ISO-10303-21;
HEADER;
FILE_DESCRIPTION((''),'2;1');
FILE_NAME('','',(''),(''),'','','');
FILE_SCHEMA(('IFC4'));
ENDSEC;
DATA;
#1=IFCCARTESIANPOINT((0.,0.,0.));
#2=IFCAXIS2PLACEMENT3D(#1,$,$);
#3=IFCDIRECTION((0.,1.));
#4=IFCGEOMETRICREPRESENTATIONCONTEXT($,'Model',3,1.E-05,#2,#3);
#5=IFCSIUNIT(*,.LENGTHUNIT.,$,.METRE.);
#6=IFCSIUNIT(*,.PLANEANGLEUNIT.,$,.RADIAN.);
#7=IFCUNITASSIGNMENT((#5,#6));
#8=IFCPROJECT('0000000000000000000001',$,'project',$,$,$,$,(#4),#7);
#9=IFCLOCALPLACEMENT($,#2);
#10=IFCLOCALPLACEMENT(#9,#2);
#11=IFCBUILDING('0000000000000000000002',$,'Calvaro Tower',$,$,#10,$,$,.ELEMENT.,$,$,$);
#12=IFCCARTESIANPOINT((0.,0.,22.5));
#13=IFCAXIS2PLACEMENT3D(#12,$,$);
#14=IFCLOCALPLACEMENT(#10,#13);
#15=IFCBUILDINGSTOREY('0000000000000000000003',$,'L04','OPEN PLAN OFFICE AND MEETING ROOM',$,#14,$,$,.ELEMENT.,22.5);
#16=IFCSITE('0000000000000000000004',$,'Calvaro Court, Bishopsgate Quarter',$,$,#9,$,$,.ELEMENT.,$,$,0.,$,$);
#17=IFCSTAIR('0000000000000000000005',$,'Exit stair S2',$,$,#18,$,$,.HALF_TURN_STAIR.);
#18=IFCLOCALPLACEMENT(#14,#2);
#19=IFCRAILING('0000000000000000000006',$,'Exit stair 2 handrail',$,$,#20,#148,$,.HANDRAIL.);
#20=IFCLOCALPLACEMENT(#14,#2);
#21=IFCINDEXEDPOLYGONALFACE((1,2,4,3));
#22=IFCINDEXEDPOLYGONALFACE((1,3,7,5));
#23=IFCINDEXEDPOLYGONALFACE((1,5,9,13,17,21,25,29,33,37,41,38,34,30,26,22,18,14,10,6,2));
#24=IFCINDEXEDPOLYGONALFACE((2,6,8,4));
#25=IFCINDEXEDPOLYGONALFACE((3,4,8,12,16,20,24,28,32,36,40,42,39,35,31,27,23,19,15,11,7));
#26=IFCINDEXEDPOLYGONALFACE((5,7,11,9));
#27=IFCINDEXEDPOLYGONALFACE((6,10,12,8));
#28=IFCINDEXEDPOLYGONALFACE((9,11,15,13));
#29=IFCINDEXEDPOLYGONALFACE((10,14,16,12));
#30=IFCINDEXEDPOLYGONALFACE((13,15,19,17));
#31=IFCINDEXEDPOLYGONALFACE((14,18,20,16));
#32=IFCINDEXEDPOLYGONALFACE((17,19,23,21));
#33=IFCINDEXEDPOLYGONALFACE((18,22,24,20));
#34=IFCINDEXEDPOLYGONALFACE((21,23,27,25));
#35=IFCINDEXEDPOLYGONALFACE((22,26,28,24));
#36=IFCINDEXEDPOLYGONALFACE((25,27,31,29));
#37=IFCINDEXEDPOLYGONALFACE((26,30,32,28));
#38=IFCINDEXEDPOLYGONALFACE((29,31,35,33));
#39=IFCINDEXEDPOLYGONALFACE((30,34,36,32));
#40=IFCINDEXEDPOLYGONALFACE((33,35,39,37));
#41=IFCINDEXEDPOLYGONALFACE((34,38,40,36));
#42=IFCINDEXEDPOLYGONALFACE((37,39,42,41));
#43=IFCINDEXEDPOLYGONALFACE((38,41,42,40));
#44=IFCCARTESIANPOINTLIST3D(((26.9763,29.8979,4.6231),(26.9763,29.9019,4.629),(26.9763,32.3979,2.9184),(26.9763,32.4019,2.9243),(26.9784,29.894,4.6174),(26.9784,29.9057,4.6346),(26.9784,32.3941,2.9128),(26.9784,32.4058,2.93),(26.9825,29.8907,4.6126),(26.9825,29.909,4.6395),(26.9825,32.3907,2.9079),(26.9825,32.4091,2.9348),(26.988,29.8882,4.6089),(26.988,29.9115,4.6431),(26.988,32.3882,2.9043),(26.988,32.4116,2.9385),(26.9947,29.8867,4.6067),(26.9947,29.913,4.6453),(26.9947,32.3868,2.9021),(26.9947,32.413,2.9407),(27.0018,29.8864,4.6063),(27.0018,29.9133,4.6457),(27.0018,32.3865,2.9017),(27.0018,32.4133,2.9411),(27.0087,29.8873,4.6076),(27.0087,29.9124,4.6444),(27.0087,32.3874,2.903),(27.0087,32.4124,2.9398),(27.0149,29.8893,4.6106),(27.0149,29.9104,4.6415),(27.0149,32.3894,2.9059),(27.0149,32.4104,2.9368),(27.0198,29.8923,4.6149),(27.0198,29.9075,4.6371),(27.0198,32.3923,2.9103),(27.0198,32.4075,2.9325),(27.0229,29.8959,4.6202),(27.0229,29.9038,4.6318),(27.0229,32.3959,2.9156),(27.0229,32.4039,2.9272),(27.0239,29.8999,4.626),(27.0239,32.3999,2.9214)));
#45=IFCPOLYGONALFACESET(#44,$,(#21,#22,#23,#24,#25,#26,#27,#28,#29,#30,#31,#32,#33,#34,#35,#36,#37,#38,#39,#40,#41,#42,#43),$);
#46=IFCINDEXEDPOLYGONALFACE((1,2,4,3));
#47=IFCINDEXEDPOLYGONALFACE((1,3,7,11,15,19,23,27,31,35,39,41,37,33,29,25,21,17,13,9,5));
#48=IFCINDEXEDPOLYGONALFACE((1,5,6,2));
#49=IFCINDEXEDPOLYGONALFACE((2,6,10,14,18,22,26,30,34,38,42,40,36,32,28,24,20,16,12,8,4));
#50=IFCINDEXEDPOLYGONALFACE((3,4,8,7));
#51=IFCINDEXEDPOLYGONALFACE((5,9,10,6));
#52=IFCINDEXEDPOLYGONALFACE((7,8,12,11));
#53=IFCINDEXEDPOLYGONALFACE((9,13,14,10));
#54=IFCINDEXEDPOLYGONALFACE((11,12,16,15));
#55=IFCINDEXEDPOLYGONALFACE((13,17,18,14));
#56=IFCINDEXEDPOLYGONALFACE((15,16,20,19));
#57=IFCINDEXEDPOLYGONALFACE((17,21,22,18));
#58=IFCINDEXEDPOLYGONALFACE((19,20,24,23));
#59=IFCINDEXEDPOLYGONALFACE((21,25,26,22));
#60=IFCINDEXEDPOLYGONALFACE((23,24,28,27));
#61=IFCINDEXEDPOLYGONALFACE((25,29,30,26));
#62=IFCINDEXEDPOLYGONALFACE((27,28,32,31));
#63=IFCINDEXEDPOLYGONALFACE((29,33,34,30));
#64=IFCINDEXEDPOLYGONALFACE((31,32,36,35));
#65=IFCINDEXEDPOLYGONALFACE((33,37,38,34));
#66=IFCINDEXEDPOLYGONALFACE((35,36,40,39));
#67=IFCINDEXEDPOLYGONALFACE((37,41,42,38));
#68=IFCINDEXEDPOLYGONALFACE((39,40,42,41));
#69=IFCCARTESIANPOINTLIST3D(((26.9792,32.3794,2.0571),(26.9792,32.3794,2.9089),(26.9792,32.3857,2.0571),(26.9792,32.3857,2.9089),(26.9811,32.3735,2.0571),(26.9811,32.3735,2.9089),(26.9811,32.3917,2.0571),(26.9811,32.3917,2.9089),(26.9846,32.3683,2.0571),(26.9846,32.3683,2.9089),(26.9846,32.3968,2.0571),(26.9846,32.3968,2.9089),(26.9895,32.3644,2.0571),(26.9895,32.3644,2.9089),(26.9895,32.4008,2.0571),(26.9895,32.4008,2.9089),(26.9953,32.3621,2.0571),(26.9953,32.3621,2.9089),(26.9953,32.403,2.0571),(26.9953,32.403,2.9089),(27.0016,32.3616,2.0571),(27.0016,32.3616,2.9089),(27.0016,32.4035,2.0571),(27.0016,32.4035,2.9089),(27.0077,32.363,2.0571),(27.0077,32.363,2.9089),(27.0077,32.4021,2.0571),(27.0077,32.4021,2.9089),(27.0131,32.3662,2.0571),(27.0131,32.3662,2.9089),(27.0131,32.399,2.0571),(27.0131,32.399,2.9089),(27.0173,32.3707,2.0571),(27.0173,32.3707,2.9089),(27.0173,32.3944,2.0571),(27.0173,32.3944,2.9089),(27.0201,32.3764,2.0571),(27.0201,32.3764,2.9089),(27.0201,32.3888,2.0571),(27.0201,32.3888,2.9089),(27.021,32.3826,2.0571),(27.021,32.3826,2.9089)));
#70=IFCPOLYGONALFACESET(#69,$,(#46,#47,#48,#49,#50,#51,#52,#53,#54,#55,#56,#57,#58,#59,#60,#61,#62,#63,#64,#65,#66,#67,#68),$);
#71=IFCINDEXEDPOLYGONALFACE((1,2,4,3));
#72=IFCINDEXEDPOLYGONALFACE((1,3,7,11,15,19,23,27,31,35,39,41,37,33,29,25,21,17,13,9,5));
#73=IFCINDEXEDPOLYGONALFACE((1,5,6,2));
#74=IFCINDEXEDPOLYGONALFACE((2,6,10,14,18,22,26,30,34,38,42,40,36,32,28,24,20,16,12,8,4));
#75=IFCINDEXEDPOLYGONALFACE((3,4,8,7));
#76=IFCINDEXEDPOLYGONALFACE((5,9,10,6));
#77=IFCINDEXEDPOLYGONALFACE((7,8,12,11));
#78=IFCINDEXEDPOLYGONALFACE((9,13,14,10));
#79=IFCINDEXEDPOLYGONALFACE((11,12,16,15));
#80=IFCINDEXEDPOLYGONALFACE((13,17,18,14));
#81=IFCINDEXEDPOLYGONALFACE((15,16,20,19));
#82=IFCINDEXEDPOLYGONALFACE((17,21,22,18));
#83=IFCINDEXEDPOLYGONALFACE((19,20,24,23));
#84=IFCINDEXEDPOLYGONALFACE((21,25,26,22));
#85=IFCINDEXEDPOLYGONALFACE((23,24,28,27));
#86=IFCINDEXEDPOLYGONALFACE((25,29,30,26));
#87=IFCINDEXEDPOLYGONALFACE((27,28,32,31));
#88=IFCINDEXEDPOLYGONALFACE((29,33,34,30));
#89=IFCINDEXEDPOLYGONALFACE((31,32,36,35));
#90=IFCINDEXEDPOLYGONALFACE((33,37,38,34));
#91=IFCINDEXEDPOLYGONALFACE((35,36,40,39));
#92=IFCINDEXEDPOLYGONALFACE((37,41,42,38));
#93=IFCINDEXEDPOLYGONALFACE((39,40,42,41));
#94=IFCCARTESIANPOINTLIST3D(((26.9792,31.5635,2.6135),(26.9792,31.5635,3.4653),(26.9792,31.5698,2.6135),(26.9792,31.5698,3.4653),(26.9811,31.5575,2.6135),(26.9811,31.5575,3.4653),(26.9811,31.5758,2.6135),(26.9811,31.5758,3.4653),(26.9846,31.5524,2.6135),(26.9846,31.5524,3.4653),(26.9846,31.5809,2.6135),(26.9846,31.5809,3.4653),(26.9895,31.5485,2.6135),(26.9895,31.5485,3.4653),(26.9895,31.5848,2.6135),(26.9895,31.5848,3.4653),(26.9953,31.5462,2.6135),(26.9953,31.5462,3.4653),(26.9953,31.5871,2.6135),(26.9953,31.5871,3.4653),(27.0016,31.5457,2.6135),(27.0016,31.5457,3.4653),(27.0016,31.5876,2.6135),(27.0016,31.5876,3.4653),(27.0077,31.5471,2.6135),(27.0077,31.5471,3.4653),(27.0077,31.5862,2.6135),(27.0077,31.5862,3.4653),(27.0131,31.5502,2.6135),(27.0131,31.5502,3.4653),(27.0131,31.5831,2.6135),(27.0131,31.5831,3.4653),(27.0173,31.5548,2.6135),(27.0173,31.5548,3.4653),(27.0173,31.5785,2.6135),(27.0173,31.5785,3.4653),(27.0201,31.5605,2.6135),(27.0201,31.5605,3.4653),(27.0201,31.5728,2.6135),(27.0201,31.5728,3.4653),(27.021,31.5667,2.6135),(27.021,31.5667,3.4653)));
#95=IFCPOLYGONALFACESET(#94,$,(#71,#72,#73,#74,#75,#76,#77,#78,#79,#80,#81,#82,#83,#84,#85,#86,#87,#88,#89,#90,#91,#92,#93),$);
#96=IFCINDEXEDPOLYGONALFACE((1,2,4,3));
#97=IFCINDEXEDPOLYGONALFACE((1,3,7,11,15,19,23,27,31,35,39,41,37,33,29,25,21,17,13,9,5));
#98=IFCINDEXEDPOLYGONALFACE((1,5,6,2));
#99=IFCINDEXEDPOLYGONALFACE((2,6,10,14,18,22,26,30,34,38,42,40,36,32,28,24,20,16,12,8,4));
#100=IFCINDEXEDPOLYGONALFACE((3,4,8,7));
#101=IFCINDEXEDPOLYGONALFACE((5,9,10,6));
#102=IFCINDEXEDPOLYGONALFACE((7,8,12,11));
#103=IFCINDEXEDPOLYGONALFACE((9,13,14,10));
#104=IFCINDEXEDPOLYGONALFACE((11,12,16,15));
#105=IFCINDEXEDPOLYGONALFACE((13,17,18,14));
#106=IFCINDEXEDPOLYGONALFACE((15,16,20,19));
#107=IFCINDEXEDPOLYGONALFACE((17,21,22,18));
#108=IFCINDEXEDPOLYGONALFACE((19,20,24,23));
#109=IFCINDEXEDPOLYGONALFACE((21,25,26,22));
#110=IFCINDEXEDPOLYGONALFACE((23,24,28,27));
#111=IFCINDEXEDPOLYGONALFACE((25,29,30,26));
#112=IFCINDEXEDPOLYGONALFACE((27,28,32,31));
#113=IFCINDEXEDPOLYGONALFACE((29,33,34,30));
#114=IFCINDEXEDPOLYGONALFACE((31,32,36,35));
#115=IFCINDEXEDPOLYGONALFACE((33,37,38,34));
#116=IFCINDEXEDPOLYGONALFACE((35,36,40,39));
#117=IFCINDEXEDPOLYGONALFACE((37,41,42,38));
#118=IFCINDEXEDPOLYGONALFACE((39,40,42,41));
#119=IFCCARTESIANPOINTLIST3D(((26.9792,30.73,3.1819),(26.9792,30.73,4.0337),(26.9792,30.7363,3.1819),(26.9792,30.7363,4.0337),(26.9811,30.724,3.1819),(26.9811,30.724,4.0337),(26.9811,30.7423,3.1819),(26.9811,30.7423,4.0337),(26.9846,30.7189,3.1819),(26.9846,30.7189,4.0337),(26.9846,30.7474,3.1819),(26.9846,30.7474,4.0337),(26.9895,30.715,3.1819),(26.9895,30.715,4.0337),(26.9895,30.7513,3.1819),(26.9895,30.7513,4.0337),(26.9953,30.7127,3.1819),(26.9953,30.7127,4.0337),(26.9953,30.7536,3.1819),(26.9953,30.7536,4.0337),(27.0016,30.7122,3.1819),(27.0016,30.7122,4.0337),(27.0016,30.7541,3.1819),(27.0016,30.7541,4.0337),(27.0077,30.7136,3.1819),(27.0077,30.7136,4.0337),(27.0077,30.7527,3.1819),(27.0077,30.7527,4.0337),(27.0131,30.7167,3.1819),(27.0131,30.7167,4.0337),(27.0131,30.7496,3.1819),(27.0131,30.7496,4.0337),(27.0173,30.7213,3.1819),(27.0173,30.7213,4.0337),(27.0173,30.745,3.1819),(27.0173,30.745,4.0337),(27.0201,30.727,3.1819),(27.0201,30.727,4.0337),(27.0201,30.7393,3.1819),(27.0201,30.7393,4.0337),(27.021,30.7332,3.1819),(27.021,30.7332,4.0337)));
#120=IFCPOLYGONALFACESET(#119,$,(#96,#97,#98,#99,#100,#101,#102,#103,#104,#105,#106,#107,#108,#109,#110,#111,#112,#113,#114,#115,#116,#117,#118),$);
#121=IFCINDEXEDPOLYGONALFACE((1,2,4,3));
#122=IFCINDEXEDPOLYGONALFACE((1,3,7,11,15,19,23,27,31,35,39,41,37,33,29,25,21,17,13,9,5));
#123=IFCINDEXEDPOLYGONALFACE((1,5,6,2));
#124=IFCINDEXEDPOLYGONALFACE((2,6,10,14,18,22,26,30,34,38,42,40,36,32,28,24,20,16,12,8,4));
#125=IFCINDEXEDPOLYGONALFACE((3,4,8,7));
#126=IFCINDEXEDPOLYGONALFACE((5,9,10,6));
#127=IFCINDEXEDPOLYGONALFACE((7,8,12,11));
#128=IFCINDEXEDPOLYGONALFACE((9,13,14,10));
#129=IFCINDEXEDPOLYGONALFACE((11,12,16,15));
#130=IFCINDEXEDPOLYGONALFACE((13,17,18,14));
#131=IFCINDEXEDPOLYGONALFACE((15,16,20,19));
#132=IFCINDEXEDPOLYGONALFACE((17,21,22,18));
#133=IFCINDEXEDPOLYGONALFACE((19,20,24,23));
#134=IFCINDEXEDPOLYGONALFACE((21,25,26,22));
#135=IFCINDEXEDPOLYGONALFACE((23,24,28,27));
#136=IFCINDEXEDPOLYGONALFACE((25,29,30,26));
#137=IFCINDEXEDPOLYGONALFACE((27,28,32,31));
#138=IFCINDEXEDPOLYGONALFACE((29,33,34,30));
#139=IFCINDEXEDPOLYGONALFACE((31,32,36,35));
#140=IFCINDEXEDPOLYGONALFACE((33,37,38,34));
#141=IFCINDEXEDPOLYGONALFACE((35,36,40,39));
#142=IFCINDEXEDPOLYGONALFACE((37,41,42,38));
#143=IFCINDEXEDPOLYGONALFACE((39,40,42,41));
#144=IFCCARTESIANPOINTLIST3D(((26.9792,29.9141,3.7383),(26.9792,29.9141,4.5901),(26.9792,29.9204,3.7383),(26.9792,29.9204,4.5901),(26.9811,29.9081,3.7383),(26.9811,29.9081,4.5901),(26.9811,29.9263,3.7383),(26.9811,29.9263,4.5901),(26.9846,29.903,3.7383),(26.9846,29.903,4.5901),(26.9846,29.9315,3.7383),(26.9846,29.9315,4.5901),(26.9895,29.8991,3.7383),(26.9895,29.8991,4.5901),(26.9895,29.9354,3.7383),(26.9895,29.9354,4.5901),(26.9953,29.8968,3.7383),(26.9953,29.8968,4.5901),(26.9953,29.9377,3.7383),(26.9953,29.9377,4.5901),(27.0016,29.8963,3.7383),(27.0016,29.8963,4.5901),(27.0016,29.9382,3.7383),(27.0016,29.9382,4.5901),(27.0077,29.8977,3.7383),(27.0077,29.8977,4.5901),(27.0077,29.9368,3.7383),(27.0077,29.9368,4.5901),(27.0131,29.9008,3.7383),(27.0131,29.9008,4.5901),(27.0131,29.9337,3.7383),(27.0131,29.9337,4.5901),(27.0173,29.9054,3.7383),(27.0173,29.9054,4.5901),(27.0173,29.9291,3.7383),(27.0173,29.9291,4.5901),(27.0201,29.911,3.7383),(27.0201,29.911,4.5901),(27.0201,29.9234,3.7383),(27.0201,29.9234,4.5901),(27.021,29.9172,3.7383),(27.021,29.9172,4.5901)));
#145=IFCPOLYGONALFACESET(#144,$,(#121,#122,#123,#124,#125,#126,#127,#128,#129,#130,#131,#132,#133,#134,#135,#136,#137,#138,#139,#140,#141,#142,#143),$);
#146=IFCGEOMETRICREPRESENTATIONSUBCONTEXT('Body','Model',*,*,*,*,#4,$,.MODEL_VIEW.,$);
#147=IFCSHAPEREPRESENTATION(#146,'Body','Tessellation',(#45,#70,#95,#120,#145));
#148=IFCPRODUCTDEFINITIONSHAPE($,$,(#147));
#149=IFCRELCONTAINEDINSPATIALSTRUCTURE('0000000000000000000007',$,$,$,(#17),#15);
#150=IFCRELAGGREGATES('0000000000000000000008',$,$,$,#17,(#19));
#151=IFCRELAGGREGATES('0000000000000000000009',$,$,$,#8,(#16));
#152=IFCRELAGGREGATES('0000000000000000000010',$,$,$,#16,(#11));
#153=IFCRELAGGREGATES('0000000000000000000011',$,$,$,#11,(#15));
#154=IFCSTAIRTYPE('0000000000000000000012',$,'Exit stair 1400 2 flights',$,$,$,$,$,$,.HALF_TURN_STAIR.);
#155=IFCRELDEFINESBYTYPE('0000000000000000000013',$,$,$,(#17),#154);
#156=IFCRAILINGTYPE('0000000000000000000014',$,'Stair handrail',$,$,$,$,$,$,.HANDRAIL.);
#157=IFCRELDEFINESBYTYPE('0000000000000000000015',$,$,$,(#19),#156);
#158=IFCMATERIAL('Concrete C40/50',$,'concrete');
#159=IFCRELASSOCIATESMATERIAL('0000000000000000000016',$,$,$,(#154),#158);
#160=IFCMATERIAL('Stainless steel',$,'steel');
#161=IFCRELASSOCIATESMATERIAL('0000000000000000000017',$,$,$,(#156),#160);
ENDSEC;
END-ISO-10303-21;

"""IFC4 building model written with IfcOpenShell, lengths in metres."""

from ifc_helpers import new_model, si_unit, direction, frame, origin, origin_2d, place, context, subcontext, project, spatial, circle, extrude, material, type_object, element, aggregate, save


model = new_model("IFC4")

# Units and contexts
model_context = context("Model", 3, precision=1e-05, world=origin(), true_north=direction((0.0, 1.0)))
body_context = subcontext(model_context, "Body", "Model", "MODEL_VIEW")
ifc_project = project(units=[si_unit("LENGTHUNIT", "METRE"), si_unit("PLANEANGLEUNIT", "RADIAN")], contexts=[model_context])

# Site, building, storey
site_placement = place(None, origin())
site = spatial("IfcSite", under=ifc_project, at=site_placement, Name="Calvaro Court, Bishopsgate Quarter", CompositionType="ELEMENT", RefElevation=0.0)
building_placement = place(site_placement, origin())
building = spatial("IfcBuilding", under=site, at=building_placement, Name="Calvaro Tower", CompositionType="ELEMENT")
storey_placement = place(building_placement, frame((0.0, 0.0, 22.5)))
storey = spatial("IfcBuildingStorey", under=building, at=storey_placement, Name="L04", Description="OPEN PLAN OFFICE AND MEETING ROOM", CompositionType="ELEMENT", Elevation=22.5)

# Stair, railing
ifc_material_1 = material(Name="Concrete C40/50", Category="concrete")
stair_type = type_object("IfcStairType", Name="Exit stair 1400 2 flights", PredefinedType="HALF_TURN_STAIR", material=ifc_material_1)
stair_placement = place(storey_placement, origin())
stair = element("IfcStair", 1, at=stair_placement, inside=storey, type_object=stair_type, Name="Exit stair S2", PredefinedType="HALF_TURN_STAIR")
ifc_material_2 = material(Name="Stainless steel", Category="steel")
railing_type = type_object("IfcRailingType", Name="Stair handrail", PredefinedType="HANDRAIL", material=ifc_material_2)
railing_1_placement = place(storey_placement, frame((27.0, 32.3999, 2.0454)))
railing_1 = element("IfcRailing", 2, at=railing_1_placement, type_object=railing_type, Name="Exit stair 2 handrail", PredefinedType="HANDRAIL", context=body_context, shape_type="SweptSolid", body=[
    extrude(circle(Radius=0.0239, at=origin_2d()), frame((0.0, 0.0, 0.876), z_axis=(0.0, -0.826221, 0.563347), x_axis=(1.0, 0.0, 0.0)), (0.0, 0.0, 1.0), 3.0259),
    extrude(circle(Radius=0.021, at=origin_2d()), frame((0.0, -0.0173, 0.0117)), (0.0, 0.0, 1.0), 0.8518),
    extrude(circle(Radius=0.021, at=origin_2d()), frame((0.0, -0.8333, 0.5681)), (0.0, 0.0, 1.0), 0.8518),
    extrude(circle(Radius=0.021, at=origin_2d()), frame((0.0, -1.6667, 1.1365)), (0.0, 0.0, 1.0), 0.8518),
    extrude(circle(Radius=0.021, at=origin_2d()), frame((0.0, -2.4827, 1.6929)), (0.0, 0.0, 1.0), 0.8518),
])
aggregate(stair, [railing_1])

save(model, "model.ifc")
